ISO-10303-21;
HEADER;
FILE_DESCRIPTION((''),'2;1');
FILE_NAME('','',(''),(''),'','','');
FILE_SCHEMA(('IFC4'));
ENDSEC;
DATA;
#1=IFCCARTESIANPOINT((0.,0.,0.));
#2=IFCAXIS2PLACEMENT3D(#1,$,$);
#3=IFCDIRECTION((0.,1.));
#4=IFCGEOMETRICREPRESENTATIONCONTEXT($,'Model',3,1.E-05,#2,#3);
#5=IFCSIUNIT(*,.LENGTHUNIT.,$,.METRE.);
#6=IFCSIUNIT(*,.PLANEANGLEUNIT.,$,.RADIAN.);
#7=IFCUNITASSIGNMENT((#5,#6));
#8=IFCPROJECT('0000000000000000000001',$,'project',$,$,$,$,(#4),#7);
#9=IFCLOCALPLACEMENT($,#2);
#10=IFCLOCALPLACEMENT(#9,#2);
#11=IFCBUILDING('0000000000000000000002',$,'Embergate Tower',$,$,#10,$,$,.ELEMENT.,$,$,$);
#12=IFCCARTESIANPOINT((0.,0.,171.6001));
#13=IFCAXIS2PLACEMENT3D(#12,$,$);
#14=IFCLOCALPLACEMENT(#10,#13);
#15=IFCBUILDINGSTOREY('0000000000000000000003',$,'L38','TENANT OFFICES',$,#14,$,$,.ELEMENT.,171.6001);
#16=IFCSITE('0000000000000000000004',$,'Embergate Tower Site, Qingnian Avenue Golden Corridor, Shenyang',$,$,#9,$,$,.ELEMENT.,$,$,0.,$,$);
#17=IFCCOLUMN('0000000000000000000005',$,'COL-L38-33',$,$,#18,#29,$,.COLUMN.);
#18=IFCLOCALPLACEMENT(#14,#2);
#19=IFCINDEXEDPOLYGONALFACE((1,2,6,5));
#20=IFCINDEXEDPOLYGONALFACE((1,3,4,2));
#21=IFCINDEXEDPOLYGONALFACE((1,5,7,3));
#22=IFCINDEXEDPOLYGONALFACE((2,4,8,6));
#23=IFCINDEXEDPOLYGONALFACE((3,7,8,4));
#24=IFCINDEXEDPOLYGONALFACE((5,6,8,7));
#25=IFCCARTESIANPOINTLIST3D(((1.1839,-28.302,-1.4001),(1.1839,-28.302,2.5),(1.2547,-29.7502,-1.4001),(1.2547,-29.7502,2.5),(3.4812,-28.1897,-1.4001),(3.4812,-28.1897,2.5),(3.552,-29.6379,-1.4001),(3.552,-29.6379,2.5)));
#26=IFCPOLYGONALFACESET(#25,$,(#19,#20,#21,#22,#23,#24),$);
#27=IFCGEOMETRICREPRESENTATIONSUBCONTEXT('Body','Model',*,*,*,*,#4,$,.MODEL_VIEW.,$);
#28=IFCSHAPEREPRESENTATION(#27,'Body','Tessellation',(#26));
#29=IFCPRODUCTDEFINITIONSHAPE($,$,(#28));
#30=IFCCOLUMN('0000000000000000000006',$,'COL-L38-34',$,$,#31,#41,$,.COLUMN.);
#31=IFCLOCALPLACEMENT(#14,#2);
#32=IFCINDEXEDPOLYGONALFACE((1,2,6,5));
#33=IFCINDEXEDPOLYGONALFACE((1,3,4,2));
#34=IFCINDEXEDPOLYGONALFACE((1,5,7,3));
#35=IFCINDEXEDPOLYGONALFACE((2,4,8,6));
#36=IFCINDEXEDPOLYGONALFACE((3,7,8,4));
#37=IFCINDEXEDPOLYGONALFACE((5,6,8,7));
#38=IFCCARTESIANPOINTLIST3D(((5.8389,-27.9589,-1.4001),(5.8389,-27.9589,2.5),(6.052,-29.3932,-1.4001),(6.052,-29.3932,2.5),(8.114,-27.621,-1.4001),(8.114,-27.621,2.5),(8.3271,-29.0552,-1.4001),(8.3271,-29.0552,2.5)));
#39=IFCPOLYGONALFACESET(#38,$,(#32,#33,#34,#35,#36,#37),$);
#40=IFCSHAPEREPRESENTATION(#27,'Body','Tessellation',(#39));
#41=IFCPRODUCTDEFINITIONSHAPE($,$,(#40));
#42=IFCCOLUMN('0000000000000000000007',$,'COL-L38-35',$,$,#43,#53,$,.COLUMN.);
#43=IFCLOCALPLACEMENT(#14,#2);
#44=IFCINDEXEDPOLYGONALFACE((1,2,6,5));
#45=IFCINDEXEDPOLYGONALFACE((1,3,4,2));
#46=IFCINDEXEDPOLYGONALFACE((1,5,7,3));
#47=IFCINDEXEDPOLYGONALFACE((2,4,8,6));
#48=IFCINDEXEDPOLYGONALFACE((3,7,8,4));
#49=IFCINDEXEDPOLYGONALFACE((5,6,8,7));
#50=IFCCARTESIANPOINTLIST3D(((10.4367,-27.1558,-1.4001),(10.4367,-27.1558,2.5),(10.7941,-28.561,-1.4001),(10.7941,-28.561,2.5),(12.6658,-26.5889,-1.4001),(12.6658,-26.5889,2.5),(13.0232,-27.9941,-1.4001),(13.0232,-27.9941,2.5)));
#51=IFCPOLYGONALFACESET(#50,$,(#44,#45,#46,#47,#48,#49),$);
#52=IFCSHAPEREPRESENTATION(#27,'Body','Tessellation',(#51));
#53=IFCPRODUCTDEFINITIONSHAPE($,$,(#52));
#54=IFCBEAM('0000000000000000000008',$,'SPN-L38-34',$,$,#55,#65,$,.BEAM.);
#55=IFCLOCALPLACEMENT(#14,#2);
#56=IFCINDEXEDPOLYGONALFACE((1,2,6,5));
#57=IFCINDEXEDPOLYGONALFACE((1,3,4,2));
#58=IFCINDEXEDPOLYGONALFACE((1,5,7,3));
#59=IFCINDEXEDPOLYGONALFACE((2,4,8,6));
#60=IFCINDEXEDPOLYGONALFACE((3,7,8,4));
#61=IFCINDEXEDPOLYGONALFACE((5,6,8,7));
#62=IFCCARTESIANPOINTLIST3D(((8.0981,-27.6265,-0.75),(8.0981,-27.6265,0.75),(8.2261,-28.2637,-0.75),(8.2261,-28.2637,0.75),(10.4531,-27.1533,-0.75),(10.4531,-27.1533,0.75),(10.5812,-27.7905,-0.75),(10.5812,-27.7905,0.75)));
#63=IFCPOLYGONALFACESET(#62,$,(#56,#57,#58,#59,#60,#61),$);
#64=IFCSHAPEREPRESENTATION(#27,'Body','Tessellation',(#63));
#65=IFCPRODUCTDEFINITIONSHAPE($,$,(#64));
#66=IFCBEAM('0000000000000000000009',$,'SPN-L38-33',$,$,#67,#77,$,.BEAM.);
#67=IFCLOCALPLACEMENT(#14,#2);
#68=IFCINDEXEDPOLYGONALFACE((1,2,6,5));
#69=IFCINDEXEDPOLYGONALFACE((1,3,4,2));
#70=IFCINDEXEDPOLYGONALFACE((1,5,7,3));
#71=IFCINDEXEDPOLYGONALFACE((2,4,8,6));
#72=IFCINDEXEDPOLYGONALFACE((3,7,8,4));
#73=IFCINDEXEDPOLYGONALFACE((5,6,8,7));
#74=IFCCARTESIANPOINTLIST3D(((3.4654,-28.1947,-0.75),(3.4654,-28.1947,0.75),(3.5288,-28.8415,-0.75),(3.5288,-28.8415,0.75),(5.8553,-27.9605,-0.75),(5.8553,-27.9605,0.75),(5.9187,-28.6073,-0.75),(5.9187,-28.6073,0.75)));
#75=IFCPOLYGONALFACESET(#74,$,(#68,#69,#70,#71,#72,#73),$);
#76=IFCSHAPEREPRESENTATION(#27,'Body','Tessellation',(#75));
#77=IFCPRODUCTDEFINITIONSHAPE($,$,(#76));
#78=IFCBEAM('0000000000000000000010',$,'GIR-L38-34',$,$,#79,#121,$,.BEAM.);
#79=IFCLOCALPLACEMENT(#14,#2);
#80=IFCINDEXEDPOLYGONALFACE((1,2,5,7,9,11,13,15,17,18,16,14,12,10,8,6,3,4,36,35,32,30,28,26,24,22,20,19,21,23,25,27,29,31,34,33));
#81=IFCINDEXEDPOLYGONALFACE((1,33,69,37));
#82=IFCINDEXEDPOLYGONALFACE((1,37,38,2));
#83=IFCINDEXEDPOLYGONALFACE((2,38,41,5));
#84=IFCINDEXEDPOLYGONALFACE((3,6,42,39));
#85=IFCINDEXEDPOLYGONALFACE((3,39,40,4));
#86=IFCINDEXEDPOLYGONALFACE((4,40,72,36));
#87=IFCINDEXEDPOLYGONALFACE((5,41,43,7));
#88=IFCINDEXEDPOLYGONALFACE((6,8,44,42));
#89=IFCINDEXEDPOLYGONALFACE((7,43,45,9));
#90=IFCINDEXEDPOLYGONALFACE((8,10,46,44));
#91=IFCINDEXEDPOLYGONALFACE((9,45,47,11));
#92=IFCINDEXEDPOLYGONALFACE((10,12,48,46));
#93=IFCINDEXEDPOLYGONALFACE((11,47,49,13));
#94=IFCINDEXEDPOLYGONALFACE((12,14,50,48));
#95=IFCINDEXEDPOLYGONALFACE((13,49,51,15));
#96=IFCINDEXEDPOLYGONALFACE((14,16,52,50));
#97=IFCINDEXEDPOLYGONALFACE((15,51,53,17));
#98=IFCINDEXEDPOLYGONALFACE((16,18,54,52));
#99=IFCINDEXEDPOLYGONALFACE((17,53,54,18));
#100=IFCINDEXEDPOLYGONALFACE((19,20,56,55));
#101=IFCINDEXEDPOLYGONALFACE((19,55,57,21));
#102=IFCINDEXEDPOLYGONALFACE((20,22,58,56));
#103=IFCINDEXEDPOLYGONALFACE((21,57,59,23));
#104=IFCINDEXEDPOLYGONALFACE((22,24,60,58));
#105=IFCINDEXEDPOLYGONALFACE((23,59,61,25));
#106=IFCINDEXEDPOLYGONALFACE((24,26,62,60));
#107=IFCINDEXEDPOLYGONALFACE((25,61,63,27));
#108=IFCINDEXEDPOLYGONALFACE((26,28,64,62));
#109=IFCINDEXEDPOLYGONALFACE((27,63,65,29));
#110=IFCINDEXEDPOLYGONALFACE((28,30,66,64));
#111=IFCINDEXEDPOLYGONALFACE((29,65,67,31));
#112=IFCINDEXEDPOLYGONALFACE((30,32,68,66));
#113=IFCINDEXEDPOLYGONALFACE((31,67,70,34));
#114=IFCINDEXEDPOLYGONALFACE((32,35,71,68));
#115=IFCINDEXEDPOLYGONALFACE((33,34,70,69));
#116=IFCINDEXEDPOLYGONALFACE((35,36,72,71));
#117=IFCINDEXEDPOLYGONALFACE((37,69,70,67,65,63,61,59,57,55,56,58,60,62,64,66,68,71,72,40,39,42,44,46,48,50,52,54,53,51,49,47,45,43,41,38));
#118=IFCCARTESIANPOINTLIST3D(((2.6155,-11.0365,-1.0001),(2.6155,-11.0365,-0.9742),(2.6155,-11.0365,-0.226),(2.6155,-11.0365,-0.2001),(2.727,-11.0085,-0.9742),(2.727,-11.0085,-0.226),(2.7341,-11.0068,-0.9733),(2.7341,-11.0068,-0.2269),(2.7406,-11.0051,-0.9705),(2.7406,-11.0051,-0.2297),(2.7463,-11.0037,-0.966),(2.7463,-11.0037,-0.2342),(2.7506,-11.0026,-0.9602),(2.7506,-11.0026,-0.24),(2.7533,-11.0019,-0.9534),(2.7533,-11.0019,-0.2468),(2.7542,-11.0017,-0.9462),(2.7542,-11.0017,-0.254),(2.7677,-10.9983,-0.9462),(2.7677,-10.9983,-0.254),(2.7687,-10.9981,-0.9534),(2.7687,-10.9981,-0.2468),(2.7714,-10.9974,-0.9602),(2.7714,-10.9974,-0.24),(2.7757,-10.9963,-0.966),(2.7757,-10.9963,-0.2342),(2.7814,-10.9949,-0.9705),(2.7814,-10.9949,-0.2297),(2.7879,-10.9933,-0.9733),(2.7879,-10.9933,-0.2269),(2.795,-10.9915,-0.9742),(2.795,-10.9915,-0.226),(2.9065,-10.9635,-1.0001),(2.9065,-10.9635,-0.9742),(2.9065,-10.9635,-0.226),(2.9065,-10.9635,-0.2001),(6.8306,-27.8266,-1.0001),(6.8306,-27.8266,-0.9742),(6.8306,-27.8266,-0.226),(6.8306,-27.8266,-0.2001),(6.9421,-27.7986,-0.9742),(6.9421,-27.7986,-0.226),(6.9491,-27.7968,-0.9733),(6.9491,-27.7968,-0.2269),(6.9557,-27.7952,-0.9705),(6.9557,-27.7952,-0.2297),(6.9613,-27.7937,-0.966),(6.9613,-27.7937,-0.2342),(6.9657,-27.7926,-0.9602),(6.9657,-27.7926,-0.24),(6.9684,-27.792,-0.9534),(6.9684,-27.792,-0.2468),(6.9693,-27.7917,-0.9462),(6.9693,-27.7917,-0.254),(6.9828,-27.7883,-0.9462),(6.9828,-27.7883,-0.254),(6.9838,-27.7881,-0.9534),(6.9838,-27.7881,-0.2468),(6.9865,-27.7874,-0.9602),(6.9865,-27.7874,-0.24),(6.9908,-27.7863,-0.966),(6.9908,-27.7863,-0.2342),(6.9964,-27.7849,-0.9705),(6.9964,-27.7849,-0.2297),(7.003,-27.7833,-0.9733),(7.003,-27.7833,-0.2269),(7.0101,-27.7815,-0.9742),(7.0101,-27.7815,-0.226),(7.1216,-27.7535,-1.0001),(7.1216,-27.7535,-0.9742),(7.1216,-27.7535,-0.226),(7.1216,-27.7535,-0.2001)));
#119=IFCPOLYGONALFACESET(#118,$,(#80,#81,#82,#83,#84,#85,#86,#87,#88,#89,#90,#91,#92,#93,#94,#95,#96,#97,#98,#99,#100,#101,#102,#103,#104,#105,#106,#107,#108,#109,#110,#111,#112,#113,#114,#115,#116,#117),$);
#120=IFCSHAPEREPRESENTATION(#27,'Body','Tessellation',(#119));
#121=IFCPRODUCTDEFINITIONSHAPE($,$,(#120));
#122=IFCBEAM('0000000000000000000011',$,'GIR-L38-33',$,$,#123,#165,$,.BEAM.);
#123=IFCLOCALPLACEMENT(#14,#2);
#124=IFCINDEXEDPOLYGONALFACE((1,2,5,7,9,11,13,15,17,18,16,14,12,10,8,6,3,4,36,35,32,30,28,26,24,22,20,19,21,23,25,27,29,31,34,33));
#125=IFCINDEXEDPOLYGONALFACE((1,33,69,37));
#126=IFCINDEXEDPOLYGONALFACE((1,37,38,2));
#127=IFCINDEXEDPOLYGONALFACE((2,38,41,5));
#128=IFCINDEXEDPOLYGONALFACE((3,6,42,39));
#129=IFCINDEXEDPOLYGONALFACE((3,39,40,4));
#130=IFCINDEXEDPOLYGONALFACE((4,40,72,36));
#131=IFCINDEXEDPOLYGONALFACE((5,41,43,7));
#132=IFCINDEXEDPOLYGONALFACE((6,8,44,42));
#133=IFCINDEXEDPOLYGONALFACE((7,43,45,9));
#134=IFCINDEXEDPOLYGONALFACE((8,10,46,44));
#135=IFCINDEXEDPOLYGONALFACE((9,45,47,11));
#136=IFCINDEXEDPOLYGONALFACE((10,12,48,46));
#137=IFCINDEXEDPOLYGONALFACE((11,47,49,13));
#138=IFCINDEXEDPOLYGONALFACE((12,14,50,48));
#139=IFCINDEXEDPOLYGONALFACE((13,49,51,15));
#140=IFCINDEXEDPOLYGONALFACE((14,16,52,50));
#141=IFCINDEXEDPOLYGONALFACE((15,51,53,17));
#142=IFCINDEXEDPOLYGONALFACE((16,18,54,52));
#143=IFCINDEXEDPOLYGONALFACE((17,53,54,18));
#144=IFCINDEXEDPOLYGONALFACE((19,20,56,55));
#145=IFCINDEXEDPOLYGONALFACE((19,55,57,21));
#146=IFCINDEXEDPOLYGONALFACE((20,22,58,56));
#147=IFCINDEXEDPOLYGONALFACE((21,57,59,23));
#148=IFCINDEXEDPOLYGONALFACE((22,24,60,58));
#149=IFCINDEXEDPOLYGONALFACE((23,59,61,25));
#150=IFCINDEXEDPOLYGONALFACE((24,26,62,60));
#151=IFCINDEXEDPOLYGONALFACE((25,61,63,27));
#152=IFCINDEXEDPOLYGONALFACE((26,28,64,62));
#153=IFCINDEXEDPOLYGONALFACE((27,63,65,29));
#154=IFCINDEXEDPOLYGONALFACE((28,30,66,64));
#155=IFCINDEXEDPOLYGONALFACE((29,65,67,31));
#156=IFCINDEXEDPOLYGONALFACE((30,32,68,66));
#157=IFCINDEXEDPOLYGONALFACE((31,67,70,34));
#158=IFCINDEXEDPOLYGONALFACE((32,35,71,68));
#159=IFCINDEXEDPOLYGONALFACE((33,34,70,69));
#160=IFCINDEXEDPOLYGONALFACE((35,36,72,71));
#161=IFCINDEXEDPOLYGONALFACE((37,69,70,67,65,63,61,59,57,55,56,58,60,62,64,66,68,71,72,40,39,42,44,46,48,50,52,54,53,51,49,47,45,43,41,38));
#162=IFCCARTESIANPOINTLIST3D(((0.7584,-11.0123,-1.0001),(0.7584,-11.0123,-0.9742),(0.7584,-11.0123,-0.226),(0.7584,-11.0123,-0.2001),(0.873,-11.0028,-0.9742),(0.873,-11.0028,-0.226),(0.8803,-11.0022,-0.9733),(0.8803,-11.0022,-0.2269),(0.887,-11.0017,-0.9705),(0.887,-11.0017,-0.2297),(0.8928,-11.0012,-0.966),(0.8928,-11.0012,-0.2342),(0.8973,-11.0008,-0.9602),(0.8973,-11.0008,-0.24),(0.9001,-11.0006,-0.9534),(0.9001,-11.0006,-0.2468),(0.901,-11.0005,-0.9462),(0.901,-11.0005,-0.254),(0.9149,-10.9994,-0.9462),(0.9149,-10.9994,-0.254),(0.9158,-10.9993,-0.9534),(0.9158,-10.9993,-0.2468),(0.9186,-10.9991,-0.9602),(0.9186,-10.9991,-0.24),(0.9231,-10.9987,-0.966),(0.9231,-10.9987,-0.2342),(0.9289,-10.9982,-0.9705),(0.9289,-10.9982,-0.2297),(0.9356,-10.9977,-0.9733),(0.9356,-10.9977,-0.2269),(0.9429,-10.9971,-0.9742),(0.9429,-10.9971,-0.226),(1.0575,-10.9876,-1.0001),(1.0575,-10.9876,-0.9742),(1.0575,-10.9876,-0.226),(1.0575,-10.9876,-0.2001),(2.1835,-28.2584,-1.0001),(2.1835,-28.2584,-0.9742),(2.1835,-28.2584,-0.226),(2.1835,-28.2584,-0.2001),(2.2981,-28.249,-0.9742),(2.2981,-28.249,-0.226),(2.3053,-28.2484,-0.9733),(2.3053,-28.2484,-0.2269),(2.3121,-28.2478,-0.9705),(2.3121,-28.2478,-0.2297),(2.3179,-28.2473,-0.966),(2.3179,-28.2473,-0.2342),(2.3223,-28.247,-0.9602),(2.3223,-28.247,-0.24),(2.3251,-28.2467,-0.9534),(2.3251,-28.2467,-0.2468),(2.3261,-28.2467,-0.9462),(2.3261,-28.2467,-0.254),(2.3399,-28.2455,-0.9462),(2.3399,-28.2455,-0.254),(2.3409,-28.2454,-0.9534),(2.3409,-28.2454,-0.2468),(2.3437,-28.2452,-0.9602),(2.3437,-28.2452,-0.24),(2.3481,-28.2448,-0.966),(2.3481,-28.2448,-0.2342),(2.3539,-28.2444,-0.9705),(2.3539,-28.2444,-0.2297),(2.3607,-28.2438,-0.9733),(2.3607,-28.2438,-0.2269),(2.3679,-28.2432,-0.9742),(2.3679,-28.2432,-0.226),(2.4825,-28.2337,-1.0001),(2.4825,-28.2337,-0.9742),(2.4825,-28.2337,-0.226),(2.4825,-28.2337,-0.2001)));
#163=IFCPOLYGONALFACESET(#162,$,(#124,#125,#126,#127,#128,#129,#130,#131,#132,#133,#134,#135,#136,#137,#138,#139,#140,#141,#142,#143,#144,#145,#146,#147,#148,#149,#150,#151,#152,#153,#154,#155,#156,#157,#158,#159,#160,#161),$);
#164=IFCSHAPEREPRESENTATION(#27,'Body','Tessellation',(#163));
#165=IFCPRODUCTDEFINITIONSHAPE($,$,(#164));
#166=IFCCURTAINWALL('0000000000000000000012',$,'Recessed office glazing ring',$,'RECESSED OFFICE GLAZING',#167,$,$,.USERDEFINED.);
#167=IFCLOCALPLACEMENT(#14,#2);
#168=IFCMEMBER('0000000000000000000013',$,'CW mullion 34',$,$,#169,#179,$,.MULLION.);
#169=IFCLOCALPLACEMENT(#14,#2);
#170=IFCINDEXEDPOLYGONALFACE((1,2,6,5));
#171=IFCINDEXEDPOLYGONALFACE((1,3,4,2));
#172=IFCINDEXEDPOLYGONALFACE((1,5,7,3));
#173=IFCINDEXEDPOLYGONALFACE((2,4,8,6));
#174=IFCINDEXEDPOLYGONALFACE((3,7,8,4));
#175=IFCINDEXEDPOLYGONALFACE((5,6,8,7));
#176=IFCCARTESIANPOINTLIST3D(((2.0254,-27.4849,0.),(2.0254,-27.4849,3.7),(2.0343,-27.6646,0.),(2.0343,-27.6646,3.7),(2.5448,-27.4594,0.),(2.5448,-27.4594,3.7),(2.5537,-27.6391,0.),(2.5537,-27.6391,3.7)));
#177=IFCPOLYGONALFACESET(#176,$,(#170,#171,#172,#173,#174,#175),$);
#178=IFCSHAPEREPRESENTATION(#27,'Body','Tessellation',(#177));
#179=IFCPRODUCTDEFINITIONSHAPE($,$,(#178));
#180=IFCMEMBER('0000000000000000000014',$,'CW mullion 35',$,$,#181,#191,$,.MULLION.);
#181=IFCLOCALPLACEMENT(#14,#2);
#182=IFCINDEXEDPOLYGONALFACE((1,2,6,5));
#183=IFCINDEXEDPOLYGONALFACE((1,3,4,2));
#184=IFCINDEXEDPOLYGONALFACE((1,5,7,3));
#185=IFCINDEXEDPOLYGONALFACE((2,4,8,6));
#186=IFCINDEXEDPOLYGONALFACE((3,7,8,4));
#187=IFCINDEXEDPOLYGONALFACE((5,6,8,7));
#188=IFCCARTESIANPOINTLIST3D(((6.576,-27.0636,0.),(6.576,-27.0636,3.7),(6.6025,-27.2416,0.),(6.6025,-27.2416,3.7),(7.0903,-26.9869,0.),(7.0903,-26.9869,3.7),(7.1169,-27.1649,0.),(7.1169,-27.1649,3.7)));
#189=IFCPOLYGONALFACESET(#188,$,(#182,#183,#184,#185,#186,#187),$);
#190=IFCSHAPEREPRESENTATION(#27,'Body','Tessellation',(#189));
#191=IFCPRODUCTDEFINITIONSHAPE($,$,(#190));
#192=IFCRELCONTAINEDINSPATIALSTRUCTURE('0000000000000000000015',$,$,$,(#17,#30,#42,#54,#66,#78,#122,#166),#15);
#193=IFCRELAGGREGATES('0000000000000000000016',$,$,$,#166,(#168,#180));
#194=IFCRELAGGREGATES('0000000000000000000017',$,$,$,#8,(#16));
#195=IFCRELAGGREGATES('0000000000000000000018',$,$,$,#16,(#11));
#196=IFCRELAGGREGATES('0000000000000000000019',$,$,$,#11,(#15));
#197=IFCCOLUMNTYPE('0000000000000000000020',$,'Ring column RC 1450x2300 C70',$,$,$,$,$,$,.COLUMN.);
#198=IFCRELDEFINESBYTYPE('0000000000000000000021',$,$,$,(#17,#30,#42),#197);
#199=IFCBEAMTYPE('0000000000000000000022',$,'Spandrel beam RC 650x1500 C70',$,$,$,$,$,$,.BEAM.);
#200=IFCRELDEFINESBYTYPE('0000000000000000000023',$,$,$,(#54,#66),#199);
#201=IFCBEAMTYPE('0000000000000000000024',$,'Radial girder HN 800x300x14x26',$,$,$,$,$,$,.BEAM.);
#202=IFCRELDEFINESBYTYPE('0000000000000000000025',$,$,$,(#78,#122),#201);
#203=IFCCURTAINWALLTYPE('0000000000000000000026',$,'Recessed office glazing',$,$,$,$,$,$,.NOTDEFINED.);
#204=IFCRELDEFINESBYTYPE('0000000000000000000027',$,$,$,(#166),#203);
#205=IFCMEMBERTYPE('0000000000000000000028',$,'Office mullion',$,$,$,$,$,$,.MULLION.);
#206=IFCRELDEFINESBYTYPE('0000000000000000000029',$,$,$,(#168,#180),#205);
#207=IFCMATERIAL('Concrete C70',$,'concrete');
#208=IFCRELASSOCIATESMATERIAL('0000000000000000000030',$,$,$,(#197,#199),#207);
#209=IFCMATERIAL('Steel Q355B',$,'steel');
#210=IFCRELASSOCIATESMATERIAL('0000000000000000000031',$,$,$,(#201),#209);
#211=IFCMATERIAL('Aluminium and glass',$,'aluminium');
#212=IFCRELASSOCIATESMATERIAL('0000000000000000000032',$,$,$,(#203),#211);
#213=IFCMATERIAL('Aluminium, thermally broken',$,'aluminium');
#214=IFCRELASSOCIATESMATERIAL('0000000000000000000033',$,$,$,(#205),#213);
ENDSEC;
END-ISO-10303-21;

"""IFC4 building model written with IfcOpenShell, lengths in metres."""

from ifc_helpers import new_model, si_unit, direction, frame, origin, origin_2d, place, context, subcontext, project, spatial, rectangle, i_section, extrude, source, transform, mapped, material, material_profile, profile_set, type_object, element, aggregate, save


model = new_model("IFC4")

# Units and contexts
model_context = context("Model", 3, precision=1e-05, world=origin(), true_north=direction((0.0, 1.0)))
body_context = subcontext(model_context, "Body", "Model", "MODEL_VIEW")
ifc_project = project(units=[si_unit("LENGTHUNIT", "METRE"), si_unit("PLANEANGLEUNIT", "RADIAN")], contexts=[model_context])

# Site, building, storey
site_placement = place(None, origin())
site = spatial("IfcSite", under=ifc_project, at=site_placement, Name="Embergate Tower Site, Qingnian Avenue Golden Corridor, Shenyang", CompositionType="ELEMENT", RefElevation=0.0)
building_placement = place(site_placement, origin())
building = spatial("IfcBuilding", under=site, at=building_placement, Name="Embergate Tower", CompositionType="ELEMENT")
storey_placement = place(building_placement, frame((0.0, 0.0, 171.6001)))
storey = spatial("IfcBuildingStorey", under=building, at=storey_placement, Name="L38", Description="TENANT OFFICES", CompositionType="ELEMENT", Elevation=171.6001)

# Columns
ifc_material_1 = material(Name="Concrete C70", Category="concrete")
ifc_material_profile_1 = material_profile(ifc_material_1, rectangle(XDim=1.45, YDim=2.3, at=origin_2d()), Name="RC 1450x2300")
ifc_profile_set_1 = profile_set([ifc_material_profile_1], Name="Concrete C70")
column_type = type_object("IfcColumnType", Name="Ring column RC 1450x2300 C70", PredefinedType="COLUMN", material=ifc_profile_set_1)
shared_shape_1 = source(origin(), body_context, "Body", "SweptSolid", [
    extrude(rectangle(XDim=1.45, YDim=2.3, at=origin_2d()), origin(), (0.0, 0.0, 1.0), 3.9001),
])
for number, where, z_axis, x_axis, name in (
    (1, (2.3679, -28.97, -1.4001), (0.0, 0.0, 1.0), (0.048815, -0.998808, 0.0), "COL-L38-33"),
    (2, (7.083, -28.5071, -1.4001), (0.0, 0.0, 1.0), (0.146929, -0.989147, 0.0), "COL-L38-34"),
    (3, (11.73, -27.575, -1.4001), (0.0, 0.0, 1.0), (0.246492, -0.969145, 0.0), "COL-L38-35"),
):
    element("IfcColumn", number, at=place(storey_placement, frame(where, z_axis=z_axis, x_axis=x_axis)), inside=storey, type_object=column_type, Name=name, PredefinedType="COLUMN", context=body_context, shape_type="MappedRepresentation", body=[
        mapped(shared_shape_1, transform((0.0, 0.0, 0.0))),
    ])

# Beams
ifc_material_profile_2 = material_profile(ifc_material_1, rectangle(XDim=0.6499, YDim=1.5, at=origin_2d()), Name="RC 650x1500")
ifc_profile_set_2 = profile_set([ifc_material_profile_2], Name="Concrete C70")
beam_type_1 = type_object("IfcBeamType", Name="Spandrel beam RC 650x1500 C70", PredefinedType="BEAM", material=ifc_profile_set_2)
shared_shape_2 = source(origin(), body_context, "Body", "SweptSolid", [
    extrude(rectangle(XDim=0.6499, YDim=1.5, at=origin_2d()), origin(), (0.0, 0.0, 1.0), 2.4021),
])
beam_1_placement = place(storey_placement, frame((8.1621, -27.9451, 0.0), z_axis=(0.980408, 0.196976, 0.0), x_axis=(-0.196976, 0.980408, 0.0)))
element("IfcBeam", 4, at=beam_1_placement, inside=storey, type_object=beam_type_1, Name="SPN-L38-34", PredefinedType="BEAM", context=body_context, shape_type="MappedRepresentation", body=[
    mapped(shared_shape_2, transform((0.0, 0.0, 0.0))),
])
shared_shape_3 = source(origin(), body_context, "Body", "SweptSolid", [
    extrude(rectangle(XDim=0.6499, YDim=1.5, at=origin_2d()), origin(), (0.0, 0.0, 1.0), 2.4014),
])
beam_2_placement = place(storey_placement, frame((3.4971, -28.5181, 0.0), z_axis=(0.995235, 0.0975, 0.0), x_axis=(-0.0975, 0.995235, 0.0)))
element("IfcBeam", 5, at=beam_2_placement, inside=storey, type_object=beam_type_1, Name="SPN-L38-33", PredefinedType="BEAM", context=body_context, shape_type="MappedRepresentation", body=[
    mapped(shared_shape_3, transform((0.0, 0.0, 0.0))),
])
ifc_material_2 = material(Name="Steel Q355B", Category="steel")
ifc_material_profile_3 = material_profile(ifc_material_2, i_section(OverallWidth=0.3, OverallDepth=0.8, WebThickness=0.0139, FlangeThickness=0.0259, FilletRadius=0.0281, at=origin_2d()), Name="HN 800x300x14x26")
ifc_profile_set_3 = profile_set([ifc_material_profile_3], Name="Steel Q355 grade B")
beam_type_2 = type_object("IfcBeamType", Name="Radial girder HN 800x300x14x26", PredefinedType="BEAM", material=ifc_profile_set_3)
shared_shape_4 = source(origin(), body_context, "Body", "SweptSolid", [
    extrude(i_section(OverallWidth=0.3, OverallDepth=0.8, WebThickness=0.0139, FlangeThickness=0.0259, FilletRadius=0.0281, at=origin_2d()), origin(), (0.0, 0.0, 1.0), 17.311),
])
beam_3_placement = place(storey_placement, frame((6.9761, -27.79, -0.6001), z_axis=(-0.243491, 0.969903, 0.0), x_axis=(-0.969903, -0.243491, 0.0)))
element("IfcBeam", 6, at=beam_3_placement, inside=storey, type_object=beam_type_2, Name="GIR-L38-34", PredefinedType="BEAM", context=body_context, shape_type="MappedRepresentation", body=[
    mapped(shared_shape_4, transform((0.0, 0.0, 0.0))),
])
shared_shape_5 = source(origin(), body_context, "Body", "SweptSolid", [
    extrude(i_section(OverallWidth=0.3, OverallDepth=0.8, WebThickness=0.0139, FlangeThickness=0.0259, FilletRadius=0.0281, at=origin_2d()), origin(), (0.0, 0.0, 1.0), 17.3049),
])
beam_4_placement = place(storey_placement, frame((2.333, -28.2461, -0.6001), z_axis=(-0.08235, 0.996604, 0.0), x_axis=(-0.996604, -0.08235, 0.0)))
element("IfcBeam", 7, at=beam_4_placement, inside=storey, type_object=beam_type_2, Name="GIR-L38-33", PredefinedType="BEAM", context=body_context, shape_type="MappedRepresentation", body=[
    mapped(shared_shape_5, transform((0.0, 0.0, 0.0))),
])

# Curtain wall, members
ifc_material_3 = material(Name="Aluminium and glass", Category="aluminium")
curtain_wall_type = type_object("IfcCurtainWallType", Name="Recessed office glazing", PredefinedType="NOTDEFINED", material=ifc_material_3)
curtain_wall_placement = place(storey_placement, origin())
curtain_wall = element("IfcCurtainWall", 8, at=curtain_wall_placement, inside=storey, type_object=curtain_wall_type, Name="Recessed office glazing ring", ObjectType="RECESSED OFFICE GLAZING", PredefinedType="USERDEFINED")
ifc_material_4 = material(Name="Aluminium, thermally broken", Category="aluminium")
ifc_material_profile_4 = material_profile(ifc_material_4, rectangle(XDim=0.1799, YDim=0.52, at=origin_2d()), Name="AL 520x180")
ifc_profile_set_4 = profile_set([ifc_material_profile_4], Name="Aluminium, thermally broken")
member_type_1 = type_object("IfcMemberType", Name="Office mullion", PredefinedType="MULLION", material=ifc_profile_set_4)
shared_shape_6 = source(origin(), body_context, "Body", "SweptSolid", [
    extrude(rectangle(XDim=0.1799, YDim=0.52, at=origin_2d()), origin(), (0.0, 0.0, 1.0), 3.7),
])
member_1_placement = place(storey_placement, frame((2.2896, -27.562, 0.0), z_axis=(0.0, 0.0, 1.0), x_axis=(-0.04897, 0.9988, 0.0)))
member_1 = element("IfcMember", 9, at=member_1_placement, type_object=member_type_1, Name="CW mullion 34", PredefinedType="MULLION", context=body_context, shape_type="MappedRepresentation", body=[
    mapped(shared_shape_6, transform((0.0, 0.0, 0.0))),
])
member_2_placement = place(storey_placement, frame((6.8464, -27.1143, 0.0), z_axis=(0.0, 0.0, 1.0), x_axis=(-0.147409, 0.989076, 0.0)))
member_2 = element("IfcMember", 10, at=member_2_placement, type_object=member_type_1, Name="CW mullion 35", PredefinedType="MULLION", context=body_context, shape_type="MappedRepresentation", body=[
    mapped(shared_shape_6, transform((0.0, 0.0, 0.0))),
])
aggregate(curtain_wall, [member_1, member_2])

save(model, "model.ifc")
